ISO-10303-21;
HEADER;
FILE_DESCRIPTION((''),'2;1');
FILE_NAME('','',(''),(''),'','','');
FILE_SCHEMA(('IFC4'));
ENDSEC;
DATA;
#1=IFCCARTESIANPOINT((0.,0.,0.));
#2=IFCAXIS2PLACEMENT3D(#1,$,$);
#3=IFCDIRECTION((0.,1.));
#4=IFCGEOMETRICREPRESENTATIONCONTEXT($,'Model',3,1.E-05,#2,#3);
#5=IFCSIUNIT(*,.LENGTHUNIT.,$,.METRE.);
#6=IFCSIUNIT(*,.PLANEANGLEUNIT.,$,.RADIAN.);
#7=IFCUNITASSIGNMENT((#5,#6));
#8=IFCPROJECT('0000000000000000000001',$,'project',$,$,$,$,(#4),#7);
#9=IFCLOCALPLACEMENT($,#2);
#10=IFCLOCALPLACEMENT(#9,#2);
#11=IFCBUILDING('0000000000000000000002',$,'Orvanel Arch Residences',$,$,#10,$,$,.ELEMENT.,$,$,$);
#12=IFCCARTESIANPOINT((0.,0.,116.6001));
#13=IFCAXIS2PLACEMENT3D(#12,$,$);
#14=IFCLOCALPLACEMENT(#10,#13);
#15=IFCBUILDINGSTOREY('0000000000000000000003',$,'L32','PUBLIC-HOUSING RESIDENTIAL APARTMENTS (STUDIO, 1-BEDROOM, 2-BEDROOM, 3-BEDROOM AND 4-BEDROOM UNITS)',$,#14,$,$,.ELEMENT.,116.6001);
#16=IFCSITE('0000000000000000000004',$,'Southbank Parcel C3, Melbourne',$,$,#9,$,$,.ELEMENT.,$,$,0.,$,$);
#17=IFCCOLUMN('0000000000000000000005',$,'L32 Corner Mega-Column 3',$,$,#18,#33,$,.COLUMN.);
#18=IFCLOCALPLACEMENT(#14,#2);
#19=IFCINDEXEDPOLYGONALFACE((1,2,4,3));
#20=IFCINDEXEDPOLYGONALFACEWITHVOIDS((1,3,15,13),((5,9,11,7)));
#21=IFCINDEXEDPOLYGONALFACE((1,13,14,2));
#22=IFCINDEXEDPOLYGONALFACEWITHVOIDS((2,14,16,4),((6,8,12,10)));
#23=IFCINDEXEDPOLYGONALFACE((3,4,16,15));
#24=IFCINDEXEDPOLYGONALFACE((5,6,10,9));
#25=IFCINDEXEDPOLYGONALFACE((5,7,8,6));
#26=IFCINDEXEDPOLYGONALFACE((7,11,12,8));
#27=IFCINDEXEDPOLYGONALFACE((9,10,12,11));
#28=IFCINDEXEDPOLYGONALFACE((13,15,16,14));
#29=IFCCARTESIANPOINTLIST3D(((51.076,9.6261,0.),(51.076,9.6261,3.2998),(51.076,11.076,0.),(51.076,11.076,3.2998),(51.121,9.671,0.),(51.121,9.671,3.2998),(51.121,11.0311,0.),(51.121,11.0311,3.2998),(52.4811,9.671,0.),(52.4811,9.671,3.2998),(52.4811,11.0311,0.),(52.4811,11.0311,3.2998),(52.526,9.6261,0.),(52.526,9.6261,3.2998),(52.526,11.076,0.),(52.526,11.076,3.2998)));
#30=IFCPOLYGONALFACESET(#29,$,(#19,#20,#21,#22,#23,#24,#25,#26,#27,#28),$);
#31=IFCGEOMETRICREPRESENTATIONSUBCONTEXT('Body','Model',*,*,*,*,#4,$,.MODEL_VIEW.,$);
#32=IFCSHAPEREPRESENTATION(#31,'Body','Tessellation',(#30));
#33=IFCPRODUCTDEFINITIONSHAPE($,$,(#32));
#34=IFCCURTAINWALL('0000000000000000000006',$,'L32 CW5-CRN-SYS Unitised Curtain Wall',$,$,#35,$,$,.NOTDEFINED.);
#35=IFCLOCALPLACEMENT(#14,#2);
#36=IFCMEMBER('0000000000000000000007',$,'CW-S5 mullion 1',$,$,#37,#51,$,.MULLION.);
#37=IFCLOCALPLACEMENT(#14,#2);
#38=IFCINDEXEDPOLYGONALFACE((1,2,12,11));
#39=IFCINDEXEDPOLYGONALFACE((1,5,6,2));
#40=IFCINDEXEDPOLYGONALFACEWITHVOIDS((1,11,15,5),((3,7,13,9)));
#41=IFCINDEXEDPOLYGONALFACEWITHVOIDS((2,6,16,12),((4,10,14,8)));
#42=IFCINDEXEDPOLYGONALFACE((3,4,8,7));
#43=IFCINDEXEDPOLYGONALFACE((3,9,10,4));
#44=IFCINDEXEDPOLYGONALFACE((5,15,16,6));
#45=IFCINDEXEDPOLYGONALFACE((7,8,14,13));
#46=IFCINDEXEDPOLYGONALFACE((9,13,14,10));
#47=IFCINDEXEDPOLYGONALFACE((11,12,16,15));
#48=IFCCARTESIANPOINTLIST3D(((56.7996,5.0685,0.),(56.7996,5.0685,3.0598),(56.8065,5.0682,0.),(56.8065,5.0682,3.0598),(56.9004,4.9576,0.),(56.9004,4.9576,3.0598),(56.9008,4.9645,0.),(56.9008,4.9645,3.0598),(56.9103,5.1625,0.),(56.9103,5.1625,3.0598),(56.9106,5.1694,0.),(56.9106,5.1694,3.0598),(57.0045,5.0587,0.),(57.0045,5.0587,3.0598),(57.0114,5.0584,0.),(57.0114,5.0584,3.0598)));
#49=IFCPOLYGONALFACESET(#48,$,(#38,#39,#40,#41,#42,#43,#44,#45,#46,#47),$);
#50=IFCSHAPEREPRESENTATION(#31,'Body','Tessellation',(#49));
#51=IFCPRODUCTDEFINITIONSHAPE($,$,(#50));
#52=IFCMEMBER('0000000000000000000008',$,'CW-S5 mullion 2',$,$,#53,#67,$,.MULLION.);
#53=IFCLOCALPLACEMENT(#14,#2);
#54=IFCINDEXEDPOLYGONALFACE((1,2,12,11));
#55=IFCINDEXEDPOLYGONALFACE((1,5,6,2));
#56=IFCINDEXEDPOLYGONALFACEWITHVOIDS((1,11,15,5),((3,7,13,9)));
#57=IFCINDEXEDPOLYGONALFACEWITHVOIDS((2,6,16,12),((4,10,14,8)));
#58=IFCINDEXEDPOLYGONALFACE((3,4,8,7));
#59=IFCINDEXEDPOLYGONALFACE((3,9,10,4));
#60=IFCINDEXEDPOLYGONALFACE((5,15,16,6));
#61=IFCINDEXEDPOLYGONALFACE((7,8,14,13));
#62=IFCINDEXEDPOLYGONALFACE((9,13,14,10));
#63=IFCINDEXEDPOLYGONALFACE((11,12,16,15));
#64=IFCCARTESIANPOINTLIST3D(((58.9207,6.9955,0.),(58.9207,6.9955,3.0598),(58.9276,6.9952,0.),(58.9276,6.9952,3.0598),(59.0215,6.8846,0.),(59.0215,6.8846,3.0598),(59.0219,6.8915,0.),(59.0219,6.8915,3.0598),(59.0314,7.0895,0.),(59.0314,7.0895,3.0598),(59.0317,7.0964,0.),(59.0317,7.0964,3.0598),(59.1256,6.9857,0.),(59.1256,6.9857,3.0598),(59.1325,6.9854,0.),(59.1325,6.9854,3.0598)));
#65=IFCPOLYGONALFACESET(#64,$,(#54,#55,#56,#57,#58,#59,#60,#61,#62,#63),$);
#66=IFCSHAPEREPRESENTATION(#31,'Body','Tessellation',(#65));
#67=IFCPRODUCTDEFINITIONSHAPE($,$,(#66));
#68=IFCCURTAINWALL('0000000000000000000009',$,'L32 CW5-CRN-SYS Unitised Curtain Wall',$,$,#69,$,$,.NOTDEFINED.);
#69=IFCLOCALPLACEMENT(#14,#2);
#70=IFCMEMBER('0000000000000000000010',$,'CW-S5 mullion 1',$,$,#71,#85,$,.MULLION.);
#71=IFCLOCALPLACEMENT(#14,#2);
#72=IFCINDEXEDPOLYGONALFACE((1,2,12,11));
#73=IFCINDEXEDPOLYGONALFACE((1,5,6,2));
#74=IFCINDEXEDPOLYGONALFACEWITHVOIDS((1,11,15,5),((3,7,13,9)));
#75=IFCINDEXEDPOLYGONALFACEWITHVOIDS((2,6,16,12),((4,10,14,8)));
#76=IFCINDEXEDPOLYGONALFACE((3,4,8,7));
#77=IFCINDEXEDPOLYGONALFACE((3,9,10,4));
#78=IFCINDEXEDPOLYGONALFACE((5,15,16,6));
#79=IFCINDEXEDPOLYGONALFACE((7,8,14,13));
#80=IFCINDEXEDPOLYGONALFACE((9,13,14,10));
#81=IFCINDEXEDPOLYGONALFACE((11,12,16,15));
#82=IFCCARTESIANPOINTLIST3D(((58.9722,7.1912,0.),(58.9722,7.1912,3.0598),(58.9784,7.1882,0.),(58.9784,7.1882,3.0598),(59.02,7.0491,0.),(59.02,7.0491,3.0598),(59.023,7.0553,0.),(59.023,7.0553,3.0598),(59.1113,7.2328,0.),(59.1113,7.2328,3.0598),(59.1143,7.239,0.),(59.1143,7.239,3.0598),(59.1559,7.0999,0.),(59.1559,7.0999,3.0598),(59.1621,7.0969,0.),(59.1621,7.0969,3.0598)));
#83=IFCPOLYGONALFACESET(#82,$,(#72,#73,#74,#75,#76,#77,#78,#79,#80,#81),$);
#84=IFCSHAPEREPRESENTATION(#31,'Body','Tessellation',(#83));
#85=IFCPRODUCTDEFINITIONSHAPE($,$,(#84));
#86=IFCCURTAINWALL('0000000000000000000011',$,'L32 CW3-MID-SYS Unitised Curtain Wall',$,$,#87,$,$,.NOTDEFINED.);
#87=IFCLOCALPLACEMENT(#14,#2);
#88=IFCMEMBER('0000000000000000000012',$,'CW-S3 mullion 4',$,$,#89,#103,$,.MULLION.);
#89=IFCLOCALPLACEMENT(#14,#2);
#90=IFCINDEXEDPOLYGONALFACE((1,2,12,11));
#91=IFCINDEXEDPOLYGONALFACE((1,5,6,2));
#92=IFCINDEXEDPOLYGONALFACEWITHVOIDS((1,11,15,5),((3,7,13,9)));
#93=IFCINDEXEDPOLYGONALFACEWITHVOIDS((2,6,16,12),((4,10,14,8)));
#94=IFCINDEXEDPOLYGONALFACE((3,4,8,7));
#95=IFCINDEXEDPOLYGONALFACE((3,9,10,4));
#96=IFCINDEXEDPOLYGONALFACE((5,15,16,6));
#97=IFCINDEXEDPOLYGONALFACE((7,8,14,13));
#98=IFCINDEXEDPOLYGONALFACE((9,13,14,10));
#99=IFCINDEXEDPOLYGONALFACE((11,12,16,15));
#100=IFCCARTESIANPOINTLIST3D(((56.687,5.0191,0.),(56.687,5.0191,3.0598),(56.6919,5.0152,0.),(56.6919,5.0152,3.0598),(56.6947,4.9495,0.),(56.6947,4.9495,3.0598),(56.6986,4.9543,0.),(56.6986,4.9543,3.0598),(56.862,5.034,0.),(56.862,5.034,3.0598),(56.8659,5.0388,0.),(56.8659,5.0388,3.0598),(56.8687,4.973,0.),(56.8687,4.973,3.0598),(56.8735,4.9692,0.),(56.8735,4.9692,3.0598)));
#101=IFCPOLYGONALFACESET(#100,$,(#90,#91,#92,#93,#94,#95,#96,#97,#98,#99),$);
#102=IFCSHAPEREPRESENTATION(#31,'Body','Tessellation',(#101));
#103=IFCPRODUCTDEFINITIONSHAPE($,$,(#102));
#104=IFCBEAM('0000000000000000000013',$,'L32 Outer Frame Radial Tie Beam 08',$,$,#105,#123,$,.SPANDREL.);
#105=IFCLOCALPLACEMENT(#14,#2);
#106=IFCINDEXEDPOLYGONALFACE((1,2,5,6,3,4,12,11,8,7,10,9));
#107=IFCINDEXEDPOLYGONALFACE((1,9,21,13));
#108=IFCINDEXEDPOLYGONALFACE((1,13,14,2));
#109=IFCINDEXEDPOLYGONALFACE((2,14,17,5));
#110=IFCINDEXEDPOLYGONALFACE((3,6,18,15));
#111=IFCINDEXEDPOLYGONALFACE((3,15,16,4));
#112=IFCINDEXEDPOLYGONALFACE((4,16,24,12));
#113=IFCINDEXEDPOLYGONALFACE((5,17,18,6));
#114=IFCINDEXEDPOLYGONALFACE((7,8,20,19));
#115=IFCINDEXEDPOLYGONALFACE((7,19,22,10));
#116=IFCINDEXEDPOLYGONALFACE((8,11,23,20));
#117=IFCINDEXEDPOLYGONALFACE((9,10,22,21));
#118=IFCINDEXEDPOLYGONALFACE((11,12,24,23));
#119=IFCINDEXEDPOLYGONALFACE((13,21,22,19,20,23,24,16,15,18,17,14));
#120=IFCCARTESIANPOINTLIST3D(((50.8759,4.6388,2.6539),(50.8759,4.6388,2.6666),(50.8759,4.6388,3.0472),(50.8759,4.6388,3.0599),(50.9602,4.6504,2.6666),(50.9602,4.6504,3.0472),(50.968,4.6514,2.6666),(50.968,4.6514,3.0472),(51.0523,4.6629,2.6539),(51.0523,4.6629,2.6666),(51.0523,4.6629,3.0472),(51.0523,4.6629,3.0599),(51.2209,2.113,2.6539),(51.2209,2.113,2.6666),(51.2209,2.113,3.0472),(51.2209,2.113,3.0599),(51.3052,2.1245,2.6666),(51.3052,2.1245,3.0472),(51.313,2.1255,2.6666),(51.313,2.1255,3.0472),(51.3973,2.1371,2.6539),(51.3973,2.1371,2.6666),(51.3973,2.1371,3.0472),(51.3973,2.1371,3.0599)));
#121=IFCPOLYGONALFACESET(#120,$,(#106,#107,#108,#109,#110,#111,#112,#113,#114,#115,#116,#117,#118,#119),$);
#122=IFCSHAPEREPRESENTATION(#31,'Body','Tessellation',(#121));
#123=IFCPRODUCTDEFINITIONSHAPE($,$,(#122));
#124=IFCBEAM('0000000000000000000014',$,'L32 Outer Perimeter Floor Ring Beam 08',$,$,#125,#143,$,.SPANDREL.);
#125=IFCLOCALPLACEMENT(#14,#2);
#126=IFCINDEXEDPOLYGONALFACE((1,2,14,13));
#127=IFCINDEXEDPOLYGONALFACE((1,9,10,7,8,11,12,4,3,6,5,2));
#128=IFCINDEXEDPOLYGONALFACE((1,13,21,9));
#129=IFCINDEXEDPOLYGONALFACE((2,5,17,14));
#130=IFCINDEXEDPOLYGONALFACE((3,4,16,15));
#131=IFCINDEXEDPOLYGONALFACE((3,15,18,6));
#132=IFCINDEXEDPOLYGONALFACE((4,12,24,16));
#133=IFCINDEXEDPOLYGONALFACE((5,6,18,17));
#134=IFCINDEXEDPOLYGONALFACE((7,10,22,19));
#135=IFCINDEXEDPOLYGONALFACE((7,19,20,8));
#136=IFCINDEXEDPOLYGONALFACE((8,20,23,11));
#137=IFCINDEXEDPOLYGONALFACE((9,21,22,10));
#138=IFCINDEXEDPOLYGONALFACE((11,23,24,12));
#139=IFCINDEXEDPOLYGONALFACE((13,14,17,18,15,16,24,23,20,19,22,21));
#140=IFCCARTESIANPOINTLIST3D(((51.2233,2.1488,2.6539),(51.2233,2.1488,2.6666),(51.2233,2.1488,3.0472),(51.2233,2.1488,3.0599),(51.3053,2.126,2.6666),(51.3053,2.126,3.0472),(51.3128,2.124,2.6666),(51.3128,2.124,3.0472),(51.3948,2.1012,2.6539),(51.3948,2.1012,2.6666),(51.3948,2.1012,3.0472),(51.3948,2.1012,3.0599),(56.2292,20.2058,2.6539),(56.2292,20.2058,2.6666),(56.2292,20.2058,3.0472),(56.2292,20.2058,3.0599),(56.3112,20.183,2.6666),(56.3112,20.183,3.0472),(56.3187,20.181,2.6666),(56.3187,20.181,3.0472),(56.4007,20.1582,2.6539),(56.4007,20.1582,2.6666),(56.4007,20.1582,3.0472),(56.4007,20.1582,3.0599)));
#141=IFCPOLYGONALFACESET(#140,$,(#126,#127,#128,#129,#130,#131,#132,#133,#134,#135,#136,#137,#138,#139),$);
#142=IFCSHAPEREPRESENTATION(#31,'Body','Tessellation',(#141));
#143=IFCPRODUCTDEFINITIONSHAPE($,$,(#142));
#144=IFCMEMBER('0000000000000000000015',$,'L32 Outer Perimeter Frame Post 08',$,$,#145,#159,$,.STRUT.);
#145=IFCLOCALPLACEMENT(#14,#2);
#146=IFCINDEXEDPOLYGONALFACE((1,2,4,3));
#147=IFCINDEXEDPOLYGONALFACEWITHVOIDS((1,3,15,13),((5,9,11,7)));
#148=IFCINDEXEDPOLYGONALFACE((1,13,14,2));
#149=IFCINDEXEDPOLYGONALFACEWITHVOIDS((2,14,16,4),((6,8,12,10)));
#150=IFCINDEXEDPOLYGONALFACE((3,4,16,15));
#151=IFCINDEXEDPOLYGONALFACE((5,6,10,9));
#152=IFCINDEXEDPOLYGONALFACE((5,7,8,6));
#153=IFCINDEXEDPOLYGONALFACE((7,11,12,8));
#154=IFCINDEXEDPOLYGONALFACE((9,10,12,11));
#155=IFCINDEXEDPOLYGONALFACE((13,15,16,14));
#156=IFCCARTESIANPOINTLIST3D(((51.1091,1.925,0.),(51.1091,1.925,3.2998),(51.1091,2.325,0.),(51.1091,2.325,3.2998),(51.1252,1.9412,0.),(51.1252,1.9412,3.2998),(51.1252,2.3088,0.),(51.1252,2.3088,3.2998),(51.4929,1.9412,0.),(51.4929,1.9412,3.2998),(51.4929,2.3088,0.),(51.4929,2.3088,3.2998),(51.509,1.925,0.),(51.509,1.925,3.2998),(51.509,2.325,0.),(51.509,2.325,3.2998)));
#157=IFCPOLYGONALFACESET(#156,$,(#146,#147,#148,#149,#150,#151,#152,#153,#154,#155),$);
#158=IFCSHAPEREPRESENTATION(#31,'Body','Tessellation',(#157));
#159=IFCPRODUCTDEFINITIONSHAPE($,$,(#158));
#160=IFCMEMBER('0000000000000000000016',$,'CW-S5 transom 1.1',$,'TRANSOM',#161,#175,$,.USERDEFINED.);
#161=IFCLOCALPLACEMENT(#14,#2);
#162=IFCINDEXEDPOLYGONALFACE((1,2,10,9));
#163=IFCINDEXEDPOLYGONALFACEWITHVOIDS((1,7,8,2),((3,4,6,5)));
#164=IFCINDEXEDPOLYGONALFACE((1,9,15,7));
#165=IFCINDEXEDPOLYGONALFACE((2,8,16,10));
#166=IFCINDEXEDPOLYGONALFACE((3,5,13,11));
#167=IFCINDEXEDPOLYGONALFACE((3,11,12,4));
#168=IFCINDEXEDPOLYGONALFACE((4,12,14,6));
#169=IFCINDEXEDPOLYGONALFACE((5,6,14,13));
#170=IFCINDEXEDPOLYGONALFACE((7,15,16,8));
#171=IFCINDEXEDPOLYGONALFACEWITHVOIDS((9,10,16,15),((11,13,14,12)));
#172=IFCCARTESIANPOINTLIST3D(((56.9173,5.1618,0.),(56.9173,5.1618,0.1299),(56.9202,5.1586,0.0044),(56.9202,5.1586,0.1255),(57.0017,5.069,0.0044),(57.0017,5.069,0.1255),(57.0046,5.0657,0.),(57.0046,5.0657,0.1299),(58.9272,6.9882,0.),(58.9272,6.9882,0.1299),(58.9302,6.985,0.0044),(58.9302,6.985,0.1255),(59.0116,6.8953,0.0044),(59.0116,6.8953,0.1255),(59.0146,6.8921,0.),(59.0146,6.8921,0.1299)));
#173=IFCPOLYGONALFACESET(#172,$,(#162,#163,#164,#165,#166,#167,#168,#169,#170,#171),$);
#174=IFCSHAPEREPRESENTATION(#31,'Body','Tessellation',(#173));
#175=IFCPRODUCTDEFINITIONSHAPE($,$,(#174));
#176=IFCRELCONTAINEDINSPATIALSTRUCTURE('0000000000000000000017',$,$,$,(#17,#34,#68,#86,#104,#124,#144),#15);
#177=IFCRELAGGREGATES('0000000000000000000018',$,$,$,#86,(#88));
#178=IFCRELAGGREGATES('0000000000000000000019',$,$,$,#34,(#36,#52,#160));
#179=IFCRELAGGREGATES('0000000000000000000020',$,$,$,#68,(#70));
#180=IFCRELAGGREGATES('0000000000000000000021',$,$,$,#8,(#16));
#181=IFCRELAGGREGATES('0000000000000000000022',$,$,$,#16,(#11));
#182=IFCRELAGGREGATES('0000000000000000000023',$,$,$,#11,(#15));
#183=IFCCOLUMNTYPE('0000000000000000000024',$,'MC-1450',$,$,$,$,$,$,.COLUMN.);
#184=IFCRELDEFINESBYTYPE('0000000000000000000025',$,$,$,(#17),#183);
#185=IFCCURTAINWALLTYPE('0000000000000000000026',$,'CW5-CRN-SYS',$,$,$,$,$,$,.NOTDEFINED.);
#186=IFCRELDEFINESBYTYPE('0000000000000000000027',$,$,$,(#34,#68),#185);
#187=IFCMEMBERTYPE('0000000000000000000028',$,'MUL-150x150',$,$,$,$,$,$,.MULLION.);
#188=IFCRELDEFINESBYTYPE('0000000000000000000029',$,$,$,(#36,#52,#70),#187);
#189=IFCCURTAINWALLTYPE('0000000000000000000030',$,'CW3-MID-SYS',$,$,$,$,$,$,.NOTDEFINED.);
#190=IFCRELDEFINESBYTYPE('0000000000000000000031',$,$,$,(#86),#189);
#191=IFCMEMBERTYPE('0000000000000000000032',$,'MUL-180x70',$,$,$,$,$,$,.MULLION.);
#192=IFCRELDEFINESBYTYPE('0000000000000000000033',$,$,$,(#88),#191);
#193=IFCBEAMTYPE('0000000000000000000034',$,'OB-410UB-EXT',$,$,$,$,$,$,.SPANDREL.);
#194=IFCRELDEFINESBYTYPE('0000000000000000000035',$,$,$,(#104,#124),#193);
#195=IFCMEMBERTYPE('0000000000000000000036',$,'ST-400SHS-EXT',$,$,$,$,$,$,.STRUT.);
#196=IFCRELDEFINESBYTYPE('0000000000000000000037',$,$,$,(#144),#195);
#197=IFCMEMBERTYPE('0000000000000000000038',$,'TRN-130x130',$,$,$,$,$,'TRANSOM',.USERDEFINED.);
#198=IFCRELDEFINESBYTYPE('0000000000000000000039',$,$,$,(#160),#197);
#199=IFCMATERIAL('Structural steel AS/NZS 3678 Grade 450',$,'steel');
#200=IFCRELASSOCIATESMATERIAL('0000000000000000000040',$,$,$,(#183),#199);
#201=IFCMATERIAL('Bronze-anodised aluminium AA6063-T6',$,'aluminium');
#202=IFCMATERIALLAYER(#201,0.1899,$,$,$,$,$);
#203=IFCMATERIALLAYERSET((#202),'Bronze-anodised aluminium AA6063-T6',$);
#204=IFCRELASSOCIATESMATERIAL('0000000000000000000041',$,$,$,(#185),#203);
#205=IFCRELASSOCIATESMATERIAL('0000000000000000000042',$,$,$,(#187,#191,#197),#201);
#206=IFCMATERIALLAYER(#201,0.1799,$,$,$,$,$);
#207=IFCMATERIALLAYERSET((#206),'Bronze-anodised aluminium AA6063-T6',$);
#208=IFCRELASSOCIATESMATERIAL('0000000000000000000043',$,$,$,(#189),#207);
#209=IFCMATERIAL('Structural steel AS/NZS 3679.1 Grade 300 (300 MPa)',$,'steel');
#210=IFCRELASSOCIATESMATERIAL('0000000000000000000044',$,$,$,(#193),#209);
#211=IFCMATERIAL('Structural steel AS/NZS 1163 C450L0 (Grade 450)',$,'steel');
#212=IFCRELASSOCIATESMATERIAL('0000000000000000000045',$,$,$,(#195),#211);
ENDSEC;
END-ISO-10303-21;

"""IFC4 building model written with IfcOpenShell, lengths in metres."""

from ifc_helpers import new_model, si_unit, direction, frame, origin, origin_2d, place, context, subcontext, project, spatial, hollow_rectangle, i_section, extrude, material, layer, layer_set, material_profile, profile_set, type_object, element, aggregate, save


model = new_model("IFC4")

# Units and contexts
model_context = context("Model", 3, precision=1e-05, world=origin(), true_north=direction((0.0, 1.0)))
body_context = subcontext(model_context, "Body", "Model", "MODEL_VIEW")
ifc_project = project(units=[si_unit("LENGTHUNIT", "METRE"), si_unit("PLANEANGLEUNIT", "RADIAN")], contexts=[model_context])

# Site, building, storey
site_placement = place(None, origin())
site = spatial("IfcSite", under=ifc_project, at=site_placement, Name="Southbank Parcel C3, Melbourne", CompositionType="ELEMENT", RefElevation=0.0)
building_placement = place(site_placement, origin())
building = spatial("IfcBuilding", under=site, at=building_placement, Name="Orvanel Arch Residences", CompositionType="ELEMENT")
storey_placement = place(building_placement, frame((0.0, 0.0, 116.6001)))
storey = spatial("IfcBuildingStorey", under=building, at=storey_placement, Name="L32", Description="PUBLIC-HOUSING RESIDENTIAL APARTMENTS (STUDIO, 1-BEDROOM, 2-BEDROOM, 3-BEDROOM AND 4-BEDROOM UNITS)", CompositionType="ELEMENT", Elevation=116.6001)

# Column
ifc_material_1 = material(Name="Structural steel AS/NZS 3678 Grade 450", Category="steel")
ifc_material_profile_1 = material_profile(ifc_material_1, hollow_rectangle(XDim=1.45, YDim=1.45, WallThickness=0.0449, at=origin_2d()), Name="BOX1450x1450x45")
ifc_profile_set_1 = profile_set([ifc_material_profile_1], Name="Structural steel AS/NZS 3678 Grade 450")
column_type = type_object("IfcColumnType", Name="MC-1450", PredefinedType="COLUMN", material=ifc_profile_set_1)
column_placement = place(storey_placement, frame((51.801, 10.3511, 0.0), z_axis=(0.0, 0.0, 1.0), x_axis=(1.0, 0.0, 0.0)))
element("IfcColumn", 1, at=column_placement, inside=storey, type_object=column_type, Name="L32 Corner Mega-Column 3", PredefinedType="COLUMN", context=body_context, shape_type="SweptSolid", body=[
    extrude(hollow_rectangle(XDim=1.45, YDim=1.45, WallThickness=0.0449, at=origin_2d()), origin(), (0.0, 0.0, 1.0), 3.2998),
])

# Curtain wall, members
ifc_material_2 = material(Name="Bronze-anodised aluminium AA6063-T6", Category="aluminium")
ifc_layer_1 = layer(ifc_material_2, 0.1899)
ifc_layer_set_1 = layer_set([ifc_layer_1], Name="Bronze-anodised aluminium AA6063-T6")
curtain_wall_type_1 = type_object("IfcCurtainWallType", Name="CW5-CRN-SYS", PredefinedType="NOTDEFINED", material=ifc_layer_set_1)
curtain_wall_1_placement = place(storey_placement, origin())
curtain_wall_1 = element("IfcCurtainWall", 2, at=curtain_wall_1_placement, inside=storey, type_object=curtain_wall_type_1, Name="L32 CW5-CRN-SYS Unitised Curtain Wall", PredefinedType="NOTDEFINED")
ifc_material_profile_2 = material_profile(ifc_material_2, hollow_rectangle(XDim=0.1499, YDim=0.1499, WallThickness=0.0049, at=origin_2d()), Name="ALU150x150x5")
ifc_profile_set_2 = profile_set([ifc_material_profile_2], Name="Bronze-anodised aluminium AA6063-T6")
member_type_1 = type_object("IfcMemberType", Name="MUL-150x150", PredefinedType="MULLION", material=ifc_profile_set_2)
member_1_placement = place(storey_placement, frame((56.9055, 5.0635, 0.0), z_axis=(0.0, 0.0, 1.0), x_axis=(-0.672475, 0.74012, 0.0)))
member_1 = element("IfcMember", 3, at=member_1_placement, type_object=member_type_1, Name="CW-S5 mullion 1", PredefinedType="MULLION", context=body_context, shape_type="SweptSolid", body=[
    extrude(hollow_rectangle(XDim=0.1499, YDim=0.1499, WallThickness=0.0049, at=origin_2d()), origin(), (0.0, 0.0, 1.0), 3.0598),
])
member_2_placement = place(storey_placement, frame((59.0266, 6.9905, 0.0), z_axis=(0.0, 0.0, 1.0), x_axis=(-0.672475, 0.74012, 0.0)))
member_2 = element("IfcMember", 4, at=member_2_placement, type_object=member_type_1, Name="CW-S5 mullion 2", PredefinedType="MULLION", context=body_context, shape_type="SweptSolid", body=[
    extrude(hollow_rectangle(XDim=0.1499, YDim=0.1499, WallThickness=0.0049, at=origin_2d()), origin(), (0.0, 0.0, 1.0), 3.0598),
])

# Curtain walls, members
curtain_wall_2_placement = place(storey_placement, origin())
curtain_wall_2 = element("IfcCurtainWall", 5, at=curtain_wall_2_placement, inside=storey, type_object=curtain_wall_type_1, Name="L32 CW5-CRN-SYS Unitised Curtain Wall", PredefinedType="NOTDEFINED")
member_3_placement = place(storey_placement, frame((59.0671, 7.144, 0.0), z_axis=(0.0, 0.0, 1.0), x_axis=(-0.947955, -0.318403, 0.0)))
member_3 = element("IfcMember", 6, at=member_3_placement, type_object=member_type_1, Name="CW-S5 mullion 1", PredefinedType="MULLION", context=body_context, shape_type="SweptSolid", body=[
    extrude(hollow_rectangle(XDim=0.1499, YDim=0.1499, WallThickness=0.0049, at=origin_2d()), origin(), (0.0, 0.0, 1.0), 3.0598),
])
ifc_layer_2 = layer(ifc_material_2, 0.1799)
ifc_layer_set_2 = layer_set([ifc_layer_2], Name="Bronze-anodised aluminium AA6063-T6")
curtain_wall_type_2 = type_object("IfcCurtainWallType", Name="CW3-MID-SYS", PredefinedType="NOTDEFINED", material=ifc_layer_set_2)
curtain_wall_3_placement = place(storey_placement, origin())
curtain_wall_3 = element("IfcCurtainWall", 7, at=curtain_wall_3_placement, inside=storey, type_object=curtain_wall_type_2, Name="L32 CW3-MID-SYS Unitised Curtain Wall", PredefinedType="NOTDEFINED")
ifc_material_profile_3 = material_profile(ifc_material_2, hollow_rectangle(XDim=0.0701, YDim=0.1799, WallThickness=0.0044, at=origin_2d()), Name="ALU180x70x4.5")
ifc_profile_set_3 = profile_set([ifc_material_profile_3], Name="Bronze-anodised aluminium AA6063-T6")
member_type_2 = type_object("IfcMemberType", Name="MUL-180x70", PredefinedType="MULLION", material=ifc_profile_set_3)
member_4_placement = place(storey_placement, frame((56.7803, 4.9941, 0.0), z_axis=(0.0, 0.0, 1.0), x_axis=(-0.109398, 0.993998, 0.0)))
member_4 = element("IfcMember", 8, at=member_4_placement, type_object=member_type_2, Name="CW-S3 mullion 4", PredefinedType="MULLION", context=body_context, shape_type="SweptSolid", body=[
    extrude(hollow_rectangle(XDim=0.0701, YDim=0.1799, WallThickness=0.0044, at=origin_2d()), origin(), (0.0, 0.0, 1.0), 3.0598),
])

# Beams
ifc_material_3 = material(Name="Structural steel AS/NZS 3679.1 Grade 300 (300 MPa)", Category="steel")
ifc_material_profile_4 = material_profile(ifc_material_3, i_section(OverallWidth=0.178, OverallDepth=0.406, WebThickness=0.0078, FlangeThickness=0.0127, at=origin_2d()), Name="410UB59.7")
ifc_profile_set_4 = profile_set([ifc_material_profile_4], Name="Structural steel AS/NZS 3679.1 Grade 300 (300 MPa)")
beam_type = type_object("IfcBeamType", Name="OB-410UB-EXT", PredefinedType="SPANDREL", material=ifc_profile_set_4)
beam_1_placement = place(storey_placement, frame((50.9641, 4.6509, 2.8569), z_axis=(0.135318, -0.990802, 0.0), x_axis=(0.990802, 0.135318, 0.0)))
element("IfcBeam", 9, at=beam_1_placement, inside=storey, type_object=beam_type, Name="L32 Outer Frame Radial Tie Beam 08", PredefinedType="SPANDREL", context=body_context, shape_type="SweptSolid", body=[
    extrude(i_section(OverallWidth=0.178, OverallDepth=0.406, WebThickness=0.0078, FlangeThickness=0.0127, at=origin_2d()), origin(), (0.0, 0.0, 1.0), 2.5493),
])
beam_2_placement = place(storey_placement, frame((51.3091, 2.125, 2.8569), z_axis=(0.267151, 0.963655, 0.0), x_axis=(-0.963655, 0.267151, 0.0)))
element("IfcBeam", 10, at=beam_2_placement, inside=storey, type_object=beam_type, Name="L32 Outer Perimeter Floor Ring Beam 08", PredefinedType="SPANDREL", context=body_context, shape_type="SweptSolid", body=[
    extrude(i_section(OverallWidth=0.178, OverallDepth=0.406, WebThickness=0.0078, FlangeThickness=0.0127, at=origin_2d()), origin(), (0.0, 0.0, 1.0), 18.738),
])

# Members
ifc_material_4 = material(Name="Structural steel AS/NZS 1163 C450L0 (Grade 450)", Category="steel")
ifc_material_profile_5 = material_profile(ifc_material_4, hollow_rectangle(XDim=0.3999, YDim=0.3999, WallThickness=0.0161, at=origin_2d()), Name="SHS400x400x16")
ifc_profile_set_5 = profile_set([ifc_material_profile_5], Name="Structural steel AS/NZS 1163 C450L0 (Grade 450)")
member_type_3 = type_object("IfcMemberType", Name="ST-400SHS-EXT", PredefinedType="STRUT", material=ifc_profile_set_5)
member_5_placement = place(storey_placement, frame((51.3091, 2.125, 0.0), z_axis=(0.0, 0.0, 1.0), x_axis=(1.0, 0.0, 0.0)))
element("IfcMember", 11, at=member_5_placement, inside=storey, type_object=member_type_3, Name="L32 Outer Perimeter Frame Post 08", PredefinedType="STRUT", context=body_context, shape_type="SweptSolid", body=[
    extrude(hollow_rectangle(XDim=0.3999, YDim=0.3999, WallThickness=0.0161, at=origin_2d()), origin(), (0.0, 0.0, 1.0), 3.2998),
])
ifc_material_profile_6 = material_profile(ifc_material_2, hollow_rectangle(XDim=0.1299, YDim=0.1299, WallThickness=0.0044, at=origin_2d()), Name="ALU130x130x4.5")
ifc_profile_set_6 = profile_set([ifc_material_profile_6], Name="Bronze-anodised aluminium AA6063-T6")
member_type_4 = type_object("IfcMemberType", Name="TRN-130x130", ElementType="TRANSOM", PredefinedType="USERDEFINED", material=ifc_profile_set_6)
member_6_placement = place(storey_placement, frame((56.9609, 5.1138, 0.0649), z_axis=(0.740099, 0.672498, 0.0), x_axis=(-0.672498, 0.740099, 0.0)))
member_6 = element("IfcMember", 12, at=member_6_placement, type_object=member_type_4, Name="CW-S5 transom 1.1", ObjectType="TRANSOM", PredefinedType="USERDEFINED", context=body_context, shape_type="SweptSolid", body=[
    extrude(hollow_rectangle(XDim=0.1299, YDim=0.1299, WallThickness=0.0044, at=origin_2d()), origin(), (0.0, 0.0, 1.0), 2.7158),
])

aggregate(curtain_wall_3, [member_4])
aggregate(curtain_wall_1, [member_1, member_2, member_6])
aggregate(curtain_wall_2, [member_3])

save(model, "model.ifc")
